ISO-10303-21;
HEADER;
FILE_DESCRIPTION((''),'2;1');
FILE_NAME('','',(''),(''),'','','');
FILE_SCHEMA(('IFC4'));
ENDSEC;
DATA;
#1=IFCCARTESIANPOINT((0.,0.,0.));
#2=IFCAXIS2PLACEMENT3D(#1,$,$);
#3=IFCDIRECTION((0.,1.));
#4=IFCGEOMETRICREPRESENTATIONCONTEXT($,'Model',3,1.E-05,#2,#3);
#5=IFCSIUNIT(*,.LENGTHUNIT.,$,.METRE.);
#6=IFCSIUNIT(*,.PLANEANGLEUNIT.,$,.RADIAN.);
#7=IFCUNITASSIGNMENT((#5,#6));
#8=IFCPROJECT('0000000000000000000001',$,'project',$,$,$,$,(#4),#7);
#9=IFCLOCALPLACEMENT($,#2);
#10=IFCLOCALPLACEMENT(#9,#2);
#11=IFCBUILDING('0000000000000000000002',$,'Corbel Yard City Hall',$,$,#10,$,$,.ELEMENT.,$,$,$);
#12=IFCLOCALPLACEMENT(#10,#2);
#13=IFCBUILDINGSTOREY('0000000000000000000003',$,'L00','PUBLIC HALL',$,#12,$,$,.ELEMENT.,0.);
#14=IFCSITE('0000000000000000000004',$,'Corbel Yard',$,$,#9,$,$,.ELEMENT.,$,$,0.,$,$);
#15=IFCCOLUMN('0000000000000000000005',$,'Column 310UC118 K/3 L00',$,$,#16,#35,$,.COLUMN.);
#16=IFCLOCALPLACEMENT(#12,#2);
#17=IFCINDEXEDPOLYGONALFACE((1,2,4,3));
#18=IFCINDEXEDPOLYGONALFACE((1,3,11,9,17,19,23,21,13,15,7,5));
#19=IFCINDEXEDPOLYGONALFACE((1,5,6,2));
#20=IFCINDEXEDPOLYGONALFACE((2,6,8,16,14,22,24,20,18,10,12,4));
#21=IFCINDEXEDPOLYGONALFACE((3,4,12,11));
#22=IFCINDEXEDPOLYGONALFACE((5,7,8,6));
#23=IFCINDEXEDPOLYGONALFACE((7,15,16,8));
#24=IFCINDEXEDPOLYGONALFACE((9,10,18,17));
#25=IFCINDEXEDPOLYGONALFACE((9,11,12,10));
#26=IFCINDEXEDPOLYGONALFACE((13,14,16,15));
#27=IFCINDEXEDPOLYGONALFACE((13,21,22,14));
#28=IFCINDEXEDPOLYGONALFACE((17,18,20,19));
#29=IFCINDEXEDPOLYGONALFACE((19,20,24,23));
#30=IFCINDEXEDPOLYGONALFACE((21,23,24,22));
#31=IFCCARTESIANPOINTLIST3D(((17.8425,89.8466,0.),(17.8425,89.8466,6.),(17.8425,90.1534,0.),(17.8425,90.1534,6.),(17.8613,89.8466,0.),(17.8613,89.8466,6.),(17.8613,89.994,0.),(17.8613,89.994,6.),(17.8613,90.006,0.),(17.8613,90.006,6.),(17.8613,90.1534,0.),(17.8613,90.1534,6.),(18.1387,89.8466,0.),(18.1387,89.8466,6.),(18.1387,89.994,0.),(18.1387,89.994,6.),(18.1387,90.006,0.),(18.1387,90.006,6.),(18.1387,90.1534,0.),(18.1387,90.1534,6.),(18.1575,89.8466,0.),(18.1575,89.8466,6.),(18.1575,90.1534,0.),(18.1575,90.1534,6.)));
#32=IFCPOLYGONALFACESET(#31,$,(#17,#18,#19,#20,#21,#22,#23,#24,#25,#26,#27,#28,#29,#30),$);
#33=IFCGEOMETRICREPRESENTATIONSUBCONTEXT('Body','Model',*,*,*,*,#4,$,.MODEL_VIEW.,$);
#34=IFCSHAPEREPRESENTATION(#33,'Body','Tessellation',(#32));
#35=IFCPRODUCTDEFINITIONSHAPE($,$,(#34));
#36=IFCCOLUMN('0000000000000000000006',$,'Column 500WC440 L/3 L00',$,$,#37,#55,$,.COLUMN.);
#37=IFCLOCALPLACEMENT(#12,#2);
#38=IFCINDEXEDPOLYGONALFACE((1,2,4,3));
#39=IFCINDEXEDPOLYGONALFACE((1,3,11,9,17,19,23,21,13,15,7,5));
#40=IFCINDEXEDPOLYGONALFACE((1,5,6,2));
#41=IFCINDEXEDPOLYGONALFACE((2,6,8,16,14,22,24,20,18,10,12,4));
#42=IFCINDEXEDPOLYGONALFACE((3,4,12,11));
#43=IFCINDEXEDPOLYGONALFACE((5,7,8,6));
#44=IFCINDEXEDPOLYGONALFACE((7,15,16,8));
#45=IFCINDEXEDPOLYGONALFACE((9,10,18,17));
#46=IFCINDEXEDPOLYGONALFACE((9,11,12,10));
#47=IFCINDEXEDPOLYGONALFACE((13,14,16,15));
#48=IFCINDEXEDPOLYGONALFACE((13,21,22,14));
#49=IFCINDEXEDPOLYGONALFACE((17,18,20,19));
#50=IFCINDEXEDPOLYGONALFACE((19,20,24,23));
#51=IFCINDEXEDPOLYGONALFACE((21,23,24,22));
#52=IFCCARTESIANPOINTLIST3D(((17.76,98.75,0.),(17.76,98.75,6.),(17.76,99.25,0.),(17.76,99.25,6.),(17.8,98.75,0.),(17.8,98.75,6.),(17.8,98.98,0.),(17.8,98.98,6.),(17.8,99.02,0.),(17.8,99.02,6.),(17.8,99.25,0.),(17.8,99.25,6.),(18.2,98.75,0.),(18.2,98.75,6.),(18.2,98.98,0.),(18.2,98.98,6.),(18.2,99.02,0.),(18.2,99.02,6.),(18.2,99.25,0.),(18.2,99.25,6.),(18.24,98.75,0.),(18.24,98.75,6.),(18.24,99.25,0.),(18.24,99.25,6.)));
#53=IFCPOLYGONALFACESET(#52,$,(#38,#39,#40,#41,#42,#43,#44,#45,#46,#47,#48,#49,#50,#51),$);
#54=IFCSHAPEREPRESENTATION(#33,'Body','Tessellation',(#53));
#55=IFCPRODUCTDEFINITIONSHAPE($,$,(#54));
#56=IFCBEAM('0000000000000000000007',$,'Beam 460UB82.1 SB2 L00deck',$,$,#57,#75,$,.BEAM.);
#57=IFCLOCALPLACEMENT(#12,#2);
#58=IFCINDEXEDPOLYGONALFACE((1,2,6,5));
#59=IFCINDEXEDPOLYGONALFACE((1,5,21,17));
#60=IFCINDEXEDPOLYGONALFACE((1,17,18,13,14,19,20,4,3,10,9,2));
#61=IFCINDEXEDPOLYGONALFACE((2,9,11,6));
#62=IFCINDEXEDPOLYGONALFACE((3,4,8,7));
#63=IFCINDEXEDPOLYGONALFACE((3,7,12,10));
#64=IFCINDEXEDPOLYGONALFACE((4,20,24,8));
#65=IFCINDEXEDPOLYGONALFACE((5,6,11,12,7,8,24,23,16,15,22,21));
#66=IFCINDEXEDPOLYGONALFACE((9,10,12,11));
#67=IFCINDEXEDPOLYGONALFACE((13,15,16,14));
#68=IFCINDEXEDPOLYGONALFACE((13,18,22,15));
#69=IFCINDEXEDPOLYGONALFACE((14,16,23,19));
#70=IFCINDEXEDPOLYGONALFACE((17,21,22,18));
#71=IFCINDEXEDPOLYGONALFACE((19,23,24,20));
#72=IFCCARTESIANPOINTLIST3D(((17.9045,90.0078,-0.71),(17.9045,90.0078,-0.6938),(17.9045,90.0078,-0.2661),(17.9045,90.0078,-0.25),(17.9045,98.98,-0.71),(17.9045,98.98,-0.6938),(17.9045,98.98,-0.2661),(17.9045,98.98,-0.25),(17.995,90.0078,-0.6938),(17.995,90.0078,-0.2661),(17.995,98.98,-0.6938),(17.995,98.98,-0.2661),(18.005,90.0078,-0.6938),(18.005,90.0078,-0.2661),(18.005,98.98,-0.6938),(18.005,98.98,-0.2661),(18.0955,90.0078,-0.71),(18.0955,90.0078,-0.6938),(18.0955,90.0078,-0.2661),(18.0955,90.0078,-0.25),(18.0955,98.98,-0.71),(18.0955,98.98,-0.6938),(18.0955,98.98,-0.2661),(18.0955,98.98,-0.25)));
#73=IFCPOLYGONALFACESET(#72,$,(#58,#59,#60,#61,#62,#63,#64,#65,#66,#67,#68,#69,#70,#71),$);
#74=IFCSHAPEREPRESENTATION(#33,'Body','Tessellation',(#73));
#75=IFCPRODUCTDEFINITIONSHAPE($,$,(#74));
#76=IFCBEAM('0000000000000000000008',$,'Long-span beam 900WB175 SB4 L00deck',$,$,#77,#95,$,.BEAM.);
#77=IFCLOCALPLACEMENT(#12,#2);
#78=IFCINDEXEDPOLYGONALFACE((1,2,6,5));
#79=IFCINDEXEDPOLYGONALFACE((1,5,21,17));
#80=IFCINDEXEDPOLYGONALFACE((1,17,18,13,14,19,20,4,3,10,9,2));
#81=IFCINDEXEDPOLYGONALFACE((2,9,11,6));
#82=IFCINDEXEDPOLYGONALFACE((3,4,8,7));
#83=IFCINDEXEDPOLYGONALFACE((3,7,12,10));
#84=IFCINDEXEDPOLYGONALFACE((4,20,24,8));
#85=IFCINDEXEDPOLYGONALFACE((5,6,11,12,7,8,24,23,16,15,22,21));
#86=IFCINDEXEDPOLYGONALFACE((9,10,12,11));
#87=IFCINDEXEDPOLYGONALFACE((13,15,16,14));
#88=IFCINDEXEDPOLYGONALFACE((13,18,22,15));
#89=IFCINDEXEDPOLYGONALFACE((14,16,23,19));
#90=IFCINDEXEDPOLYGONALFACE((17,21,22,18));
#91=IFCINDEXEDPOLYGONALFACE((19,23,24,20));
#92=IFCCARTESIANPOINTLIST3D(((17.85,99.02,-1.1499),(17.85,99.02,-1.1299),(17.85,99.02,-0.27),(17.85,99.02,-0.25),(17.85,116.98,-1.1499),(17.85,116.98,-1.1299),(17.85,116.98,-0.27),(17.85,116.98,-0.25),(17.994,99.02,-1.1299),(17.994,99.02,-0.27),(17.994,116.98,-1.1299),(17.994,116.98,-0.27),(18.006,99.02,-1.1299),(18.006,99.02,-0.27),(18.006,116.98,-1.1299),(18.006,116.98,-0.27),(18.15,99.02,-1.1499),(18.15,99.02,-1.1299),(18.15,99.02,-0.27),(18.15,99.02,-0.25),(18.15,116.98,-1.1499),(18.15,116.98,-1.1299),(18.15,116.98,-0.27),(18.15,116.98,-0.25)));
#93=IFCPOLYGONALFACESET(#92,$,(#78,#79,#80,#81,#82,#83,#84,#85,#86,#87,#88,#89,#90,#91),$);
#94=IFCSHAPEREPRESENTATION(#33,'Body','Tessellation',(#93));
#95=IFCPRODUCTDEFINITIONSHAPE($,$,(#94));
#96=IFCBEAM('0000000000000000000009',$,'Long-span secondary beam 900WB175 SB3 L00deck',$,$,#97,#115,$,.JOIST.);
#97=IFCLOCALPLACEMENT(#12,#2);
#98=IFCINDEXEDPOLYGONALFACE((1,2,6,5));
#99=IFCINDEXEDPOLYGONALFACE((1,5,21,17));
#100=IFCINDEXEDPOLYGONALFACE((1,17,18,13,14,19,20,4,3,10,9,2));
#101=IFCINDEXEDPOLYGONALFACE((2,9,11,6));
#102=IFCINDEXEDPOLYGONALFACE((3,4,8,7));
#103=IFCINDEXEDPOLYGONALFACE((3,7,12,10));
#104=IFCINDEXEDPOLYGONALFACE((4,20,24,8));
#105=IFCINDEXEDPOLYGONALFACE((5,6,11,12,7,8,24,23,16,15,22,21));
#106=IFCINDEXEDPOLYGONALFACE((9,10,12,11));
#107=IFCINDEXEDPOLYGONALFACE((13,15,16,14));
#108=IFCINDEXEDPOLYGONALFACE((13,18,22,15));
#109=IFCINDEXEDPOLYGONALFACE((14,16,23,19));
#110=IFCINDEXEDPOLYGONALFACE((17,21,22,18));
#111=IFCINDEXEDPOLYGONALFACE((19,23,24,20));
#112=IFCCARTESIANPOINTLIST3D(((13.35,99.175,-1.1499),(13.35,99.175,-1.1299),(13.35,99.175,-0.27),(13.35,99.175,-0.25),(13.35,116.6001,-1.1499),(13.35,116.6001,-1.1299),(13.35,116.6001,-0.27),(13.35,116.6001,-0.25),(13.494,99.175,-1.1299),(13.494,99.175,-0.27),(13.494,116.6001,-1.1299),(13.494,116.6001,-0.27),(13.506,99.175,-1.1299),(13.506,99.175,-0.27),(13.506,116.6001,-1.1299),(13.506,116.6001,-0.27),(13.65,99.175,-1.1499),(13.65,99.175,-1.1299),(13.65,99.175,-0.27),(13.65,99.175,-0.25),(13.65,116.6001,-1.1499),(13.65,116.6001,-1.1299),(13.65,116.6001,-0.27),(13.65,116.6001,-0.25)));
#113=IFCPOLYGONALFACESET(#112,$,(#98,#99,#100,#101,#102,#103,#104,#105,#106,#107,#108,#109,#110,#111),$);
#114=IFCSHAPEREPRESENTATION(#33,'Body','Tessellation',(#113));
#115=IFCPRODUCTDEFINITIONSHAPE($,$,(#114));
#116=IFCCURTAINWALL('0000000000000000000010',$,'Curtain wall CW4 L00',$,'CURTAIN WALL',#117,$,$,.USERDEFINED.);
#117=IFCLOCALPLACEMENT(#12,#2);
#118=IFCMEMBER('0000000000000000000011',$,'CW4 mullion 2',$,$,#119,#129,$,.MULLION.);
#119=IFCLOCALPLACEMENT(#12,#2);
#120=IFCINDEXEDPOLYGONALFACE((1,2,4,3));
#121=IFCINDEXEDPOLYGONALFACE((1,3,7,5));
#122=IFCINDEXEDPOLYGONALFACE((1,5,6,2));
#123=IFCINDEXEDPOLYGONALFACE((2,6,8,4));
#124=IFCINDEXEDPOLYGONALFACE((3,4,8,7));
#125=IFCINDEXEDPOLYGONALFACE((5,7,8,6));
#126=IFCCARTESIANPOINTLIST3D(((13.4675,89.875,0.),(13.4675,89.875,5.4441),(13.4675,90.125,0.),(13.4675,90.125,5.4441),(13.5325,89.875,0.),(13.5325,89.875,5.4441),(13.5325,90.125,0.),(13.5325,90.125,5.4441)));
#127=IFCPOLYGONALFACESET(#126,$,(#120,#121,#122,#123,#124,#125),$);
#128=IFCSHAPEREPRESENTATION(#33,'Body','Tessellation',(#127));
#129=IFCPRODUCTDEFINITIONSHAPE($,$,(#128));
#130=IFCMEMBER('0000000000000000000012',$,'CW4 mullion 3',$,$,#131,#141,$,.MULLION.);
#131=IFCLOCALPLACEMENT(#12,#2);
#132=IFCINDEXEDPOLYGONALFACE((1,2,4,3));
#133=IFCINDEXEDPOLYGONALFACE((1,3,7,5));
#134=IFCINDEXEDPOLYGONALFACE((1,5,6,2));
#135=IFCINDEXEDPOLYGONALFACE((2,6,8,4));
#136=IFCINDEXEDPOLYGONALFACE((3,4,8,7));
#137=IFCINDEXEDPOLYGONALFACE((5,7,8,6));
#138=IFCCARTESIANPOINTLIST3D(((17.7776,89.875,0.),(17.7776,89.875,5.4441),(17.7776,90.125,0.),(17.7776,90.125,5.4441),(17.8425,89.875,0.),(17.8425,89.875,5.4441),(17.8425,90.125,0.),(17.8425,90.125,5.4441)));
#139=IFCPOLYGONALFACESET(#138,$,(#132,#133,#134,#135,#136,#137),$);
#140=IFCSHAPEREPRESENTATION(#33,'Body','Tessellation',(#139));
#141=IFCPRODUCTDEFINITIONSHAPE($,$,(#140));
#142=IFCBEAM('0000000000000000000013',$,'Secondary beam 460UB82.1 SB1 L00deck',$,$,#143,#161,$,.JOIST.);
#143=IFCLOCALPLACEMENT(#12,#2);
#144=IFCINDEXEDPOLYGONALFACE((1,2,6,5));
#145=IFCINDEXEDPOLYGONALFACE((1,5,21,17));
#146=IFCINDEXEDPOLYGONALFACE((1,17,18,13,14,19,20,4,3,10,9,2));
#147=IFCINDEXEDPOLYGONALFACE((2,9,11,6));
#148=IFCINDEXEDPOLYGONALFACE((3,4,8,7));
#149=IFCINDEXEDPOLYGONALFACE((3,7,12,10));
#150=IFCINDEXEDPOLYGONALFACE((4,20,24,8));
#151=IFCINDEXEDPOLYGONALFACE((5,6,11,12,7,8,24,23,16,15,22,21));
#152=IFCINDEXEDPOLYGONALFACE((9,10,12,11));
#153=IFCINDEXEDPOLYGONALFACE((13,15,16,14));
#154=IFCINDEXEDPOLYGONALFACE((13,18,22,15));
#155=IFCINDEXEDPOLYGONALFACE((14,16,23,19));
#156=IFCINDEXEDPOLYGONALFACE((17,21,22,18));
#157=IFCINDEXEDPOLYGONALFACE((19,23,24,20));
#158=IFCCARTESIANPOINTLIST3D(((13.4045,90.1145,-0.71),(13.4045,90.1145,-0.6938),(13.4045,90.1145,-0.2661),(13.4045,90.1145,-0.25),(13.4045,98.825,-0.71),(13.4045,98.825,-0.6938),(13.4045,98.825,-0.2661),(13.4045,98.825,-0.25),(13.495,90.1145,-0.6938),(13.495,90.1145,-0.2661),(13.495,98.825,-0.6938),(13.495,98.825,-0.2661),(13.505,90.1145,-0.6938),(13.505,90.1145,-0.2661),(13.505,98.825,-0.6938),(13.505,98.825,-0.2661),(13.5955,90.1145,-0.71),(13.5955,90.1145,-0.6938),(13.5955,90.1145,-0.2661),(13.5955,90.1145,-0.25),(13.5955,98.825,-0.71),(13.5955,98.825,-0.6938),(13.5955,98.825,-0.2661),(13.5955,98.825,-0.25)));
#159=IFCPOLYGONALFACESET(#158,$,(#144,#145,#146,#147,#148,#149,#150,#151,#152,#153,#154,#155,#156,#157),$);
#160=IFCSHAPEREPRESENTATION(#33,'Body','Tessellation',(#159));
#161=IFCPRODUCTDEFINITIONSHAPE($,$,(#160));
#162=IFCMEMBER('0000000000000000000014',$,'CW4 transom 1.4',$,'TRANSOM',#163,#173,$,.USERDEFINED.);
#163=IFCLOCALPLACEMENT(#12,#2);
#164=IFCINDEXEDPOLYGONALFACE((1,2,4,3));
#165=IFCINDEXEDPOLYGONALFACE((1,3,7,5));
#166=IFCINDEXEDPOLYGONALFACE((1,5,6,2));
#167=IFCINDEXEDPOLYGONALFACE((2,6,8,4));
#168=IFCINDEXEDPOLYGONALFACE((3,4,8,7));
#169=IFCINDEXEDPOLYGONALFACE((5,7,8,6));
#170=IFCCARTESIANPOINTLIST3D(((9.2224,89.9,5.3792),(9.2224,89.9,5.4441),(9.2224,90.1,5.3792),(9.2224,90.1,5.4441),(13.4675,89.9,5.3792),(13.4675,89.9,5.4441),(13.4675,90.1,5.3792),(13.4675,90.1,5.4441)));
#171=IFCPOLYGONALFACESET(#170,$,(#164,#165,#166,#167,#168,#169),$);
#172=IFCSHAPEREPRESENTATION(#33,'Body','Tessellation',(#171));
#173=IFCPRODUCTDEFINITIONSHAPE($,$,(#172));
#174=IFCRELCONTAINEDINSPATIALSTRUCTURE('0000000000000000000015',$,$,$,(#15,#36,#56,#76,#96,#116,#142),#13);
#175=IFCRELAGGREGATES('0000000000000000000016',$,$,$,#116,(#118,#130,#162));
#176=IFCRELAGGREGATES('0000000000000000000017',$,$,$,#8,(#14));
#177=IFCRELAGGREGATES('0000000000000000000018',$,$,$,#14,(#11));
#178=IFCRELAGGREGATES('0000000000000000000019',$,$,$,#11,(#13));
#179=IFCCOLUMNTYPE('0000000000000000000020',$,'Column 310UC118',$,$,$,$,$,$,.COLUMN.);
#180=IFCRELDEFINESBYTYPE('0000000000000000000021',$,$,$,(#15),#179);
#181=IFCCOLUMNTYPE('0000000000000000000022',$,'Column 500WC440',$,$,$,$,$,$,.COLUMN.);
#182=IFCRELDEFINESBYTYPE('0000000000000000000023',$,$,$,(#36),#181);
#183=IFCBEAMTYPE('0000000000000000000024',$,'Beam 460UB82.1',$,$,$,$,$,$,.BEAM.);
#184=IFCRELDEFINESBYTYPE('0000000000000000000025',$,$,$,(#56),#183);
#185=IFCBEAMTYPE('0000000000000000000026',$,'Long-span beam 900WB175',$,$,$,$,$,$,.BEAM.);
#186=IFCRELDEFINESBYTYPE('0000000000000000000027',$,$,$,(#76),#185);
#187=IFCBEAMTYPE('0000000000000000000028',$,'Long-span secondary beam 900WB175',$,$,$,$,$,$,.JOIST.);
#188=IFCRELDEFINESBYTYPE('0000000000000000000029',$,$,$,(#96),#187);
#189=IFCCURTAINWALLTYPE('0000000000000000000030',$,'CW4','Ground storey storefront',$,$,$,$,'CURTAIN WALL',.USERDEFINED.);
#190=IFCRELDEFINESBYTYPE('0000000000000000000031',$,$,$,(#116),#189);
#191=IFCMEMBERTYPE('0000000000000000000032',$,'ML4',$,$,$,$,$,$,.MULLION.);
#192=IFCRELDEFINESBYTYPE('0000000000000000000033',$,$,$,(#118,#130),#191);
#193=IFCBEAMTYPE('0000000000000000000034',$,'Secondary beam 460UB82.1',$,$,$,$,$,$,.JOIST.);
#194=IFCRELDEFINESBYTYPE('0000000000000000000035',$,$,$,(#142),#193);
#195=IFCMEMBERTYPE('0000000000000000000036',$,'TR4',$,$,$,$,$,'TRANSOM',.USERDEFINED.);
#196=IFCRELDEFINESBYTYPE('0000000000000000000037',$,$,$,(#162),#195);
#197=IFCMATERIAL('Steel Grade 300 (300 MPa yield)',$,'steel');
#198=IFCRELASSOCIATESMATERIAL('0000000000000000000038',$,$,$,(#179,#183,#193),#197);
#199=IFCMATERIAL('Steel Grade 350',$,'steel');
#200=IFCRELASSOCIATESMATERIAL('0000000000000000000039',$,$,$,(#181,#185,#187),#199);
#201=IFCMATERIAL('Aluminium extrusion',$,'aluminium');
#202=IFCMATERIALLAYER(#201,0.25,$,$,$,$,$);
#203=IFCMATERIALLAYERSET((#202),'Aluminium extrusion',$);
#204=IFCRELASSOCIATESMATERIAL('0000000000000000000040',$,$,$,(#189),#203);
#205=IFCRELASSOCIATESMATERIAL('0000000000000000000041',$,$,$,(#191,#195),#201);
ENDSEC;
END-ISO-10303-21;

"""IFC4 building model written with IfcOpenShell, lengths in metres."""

from ifc_helpers import new_model, si_unit, direction, frame, origin, origin_2d, place, context, subcontext, project, spatial, rectangle, i_section, extrude, material, layer, layer_set, material_profile, profile_set, type_object, element, aggregate, save


model = new_model("IFC4")

# Units and contexts
model_context = context("Model", 3, precision=1e-05, world=origin(), true_north=direction((0.0, 1.0)))
body_context = subcontext(model_context, "Body", "Model", "MODEL_VIEW")
ifc_project = project(units=[si_unit("LENGTHUNIT", "METRE"), si_unit("PLANEANGLEUNIT", "RADIAN")], contexts=[model_context])

# Site, building, storey
site_placement = place(None, origin())
site = spatial("IfcSite", under=ifc_project, at=site_placement, Name="Corbel Yard", CompositionType="ELEMENT", RefElevation=0.0)
building_placement = place(site_placement, origin())
building = spatial("IfcBuilding", under=site, at=building_placement, Name="Corbel Yard City Hall", CompositionType="ELEMENT")
storey_placement = place(building_placement, origin())
storey = spatial("IfcBuildingStorey", under=building, at=storey_placement, Name="L00", Description="PUBLIC HALL", CompositionType="ELEMENT", Elevation=0.0)

# Columns
ifc_material_1 = material(Name="Steel Grade 300 (300 MPa yield)", Category="steel")
ifc_material_profile_1 = material_profile(ifc_material_1, i_section(OverallWidth=0.3069, OverallDepth=0.3149, WebThickness=0.012, FlangeThickness=0.0188, at=origin_2d()), Name="310UC118")
ifc_profile_set_1 = profile_set([ifc_material_profile_1], Name="Steel Grade 300 (300 MPa yield)")
column_type_1 = type_object("IfcColumnType", Name="Column 310UC118", PredefinedType="COLUMN", material=ifc_profile_set_1)
column_1_placement = place(storey_placement, frame((18.0, 90.0, 0.0), z_axis=(0.0, 0.0, 1.0), x_axis=(0.0, 1.0, 0.0)))
element("IfcColumn", 1, at=column_1_placement, inside=storey, type_object=column_type_1, Name="Column 310UC118 K/3 L00", PredefinedType="COLUMN", context=body_context, shape_type="SweptSolid", body=[
    extrude(i_section(OverallWidth=0.3069, OverallDepth=0.3149, WebThickness=0.012, FlangeThickness=0.0188, at=origin_2d()), origin(), (0.0, 0.0, 1.0), 6.0),
])
ifc_material_2 = material(Name="Steel Grade 350", Category="steel")
ifc_material_profile_2 = material_profile(ifc_material_2, i_section(OverallWidth=0.5, OverallDepth=0.48, WebThickness=0.04, FlangeThickness=0.04, at=origin_2d()), Name="500WC440")
ifc_profile_set_2 = profile_set([ifc_material_profile_2], Name="Steel Grade 350")
column_type_2 = type_object("IfcColumnType", Name="Column 500WC440", PredefinedType="COLUMN", material=ifc_profile_set_2)
column_2_placement = place(storey_placement, frame((18.0, 99.0, 0.0), z_axis=(0.0, 0.0, 1.0), x_axis=(0.0, 1.0, 0.0)))
element("IfcColumn", 2, at=column_2_placement, inside=storey, type_object=column_type_2, Name="Column 500WC440 L/3 L00", PredefinedType="COLUMN", context=body_context, shape_type="SweptSolid", body=[
    extrude(i_section(OverallWidth=0.5, OverallDepth=0.48, WebThickness=0.04, FlangeThickness=0.04, at=origin_2d()), origin(), (0.0, 0.0, 1.0), 6.0),
])

# Beams
ifc_material_profile_3 = material_profile(ifc_material_1, i_section(OverallWidth=0.1909, OverallDepth=0.46, WebThickness=0.01, FlangeThickness=0.0161, at=origin_2d()), Name="460UB82.1")
ifc_profile_set_3 = profile_set([ifc_material_profile_3], Name="Steel Grade 300 (300 MPa yield)")
beam_type_1 = type_object("IfcBeamType", Name="Beam 460UB82.1", PredefinedType="BEAM", material=ifc_profile_set_3)
beam_1_placement = place(storey_placement, frame((18.0, 90.0078, -0.48), z_axis=(0.0, 1.0, 0.0), x_axis=(-1.0, 0.0, 0.0)))
element("IfcBeam", 3, at=beam_1_placement, inside=storey, type_object=beam_type_1, Name="Beam 460UB82.1 SB2 L00deck", PredefinedType="BEAM", context=body_context, shape_type="SweptSolid", body=[
    extrude(i_section(OverallWidth=0.1909, OverallDepth=0.46, WebThickness=0.01, FlangeThickness=0.0161, at=origin_2d()), origin(), (0.0, 0.0, 1.0), 8.9722),
])
ifc_material_profile_4 = material_profile(ifc_material_2, i_section(OverallWidth=0.3, OverallDepth=0.8999, WebThickness=0.012, FlangeThickness=0.02, at=origin_2d()), Name="900WB175")
ifc_profile_set_4 = profile_set([ifc_material_profile_4], Name="Steel Grade 350")
beam_type_2 = type_object("IfcBeamType", Name="Long-span beam 900WB175", PredefinedType="BEAM", material=ifc_profile_set_4)
beam_2_placement = place(storey_placement, frame((18.0, 99.02, -0.7), z_axis=(0.0, 1.0, 0.0), x_axis=(-1.0, 0.0, 0.0)))
element("IfcBeam", 4, at=beam_2_placement, inside=storey, type_object=beam_type_2, Name="Long-span beam 900WB175 SB4 L00deck", PredefinedType="BEAM", context=body_context, shape_type="SweptSolid", body=[
    extrude(i_section(OverallWidth=0.3, OverallDepth=0.8999, WebThickness=0.012, FlangeThickness=0.02, at=origin_2d()), origin(), (0.0, 0.0, 1.0), 17.96),
])
ifc_material_profile_5 = material_profile(ifc_material_2, i_section(OverallWidth=0.3, OverallDepth=0.8999, WebThickness=0.012, FlangeThickness=0.02, at=origin_2d()), Name="900WB175")
ifc_profile_set_5 = profile_set([ifc_material_profile_5], Name="Steel Grade 350")
beam_type_3 = type_object("IfcBeamType", Name="Long-span secondary beam 900WB175", PredefinedType="JOIST", material=ifc_profile_set_5)
beam_3_placement = place(storey_placement, frame((13.5, 99.175, -0.7), z_axis=(0.0, 1.0, 0.0), x_axis=(-1.0, 0.0, 0.0)))
element("IfcBeam", 5, at=beam_3_placement, inside=storey, type_object=beam_type_3, Name="Long-span secondary beam 900WB175 SB3 L00deck", PredefinedType="JOIST", context=body_context, shape_type="SweptSolid", body=[
    extrude(i_section(OverallWidth=0.3, OverallDepth=0.8999, WebThickness=0.012, FlangeThickness=0.02, at=origin_2d()), origin(), (0.0, 0.0, 1.0), 17.425),
])

# Curtain wall, members
ifc_material_3 = material(Name="Aluminium extrusion", Category="aluminium")
ifc_layer_1 = layer(ifc_material_3, 0.25)
ifc_layer_set_1 = layer_set([ifc_layer_1], Name="Aluminium extrusion")
curtain_wall_type = type_object("IfcCurtainWallType", Name="CW4", Description="Ground storey storefront", ElementType="CURTAIN WALL", PredefinedType="USERDEFINED", material=ifc_layer_set_1)
curtain_wall_placement = place(storey_placement, origin())
curtain_wall = element("IfcCurtainWall", 6, at=curtain_wall_placement, inside=storey, type_object=curtain_wall_type, Name="Curtain wall CW4 L00", ObjectType="CURTAIN WALL", PredefinedType="USERDEFINED")
ifc_material_profile_6 = material_profile(ifc_material_3, rectangle(XDim=0.25, YDim=0.0649, at=origin_2d()), Name="250x65")
ifc_profile_set_6 = profile_set([ifc_material_profile_6], Name="Aluminium extrusion")
member_type_1 = type_object("IfcMemberType", Name="ML4", PredefinedType="MULLION", material=ifc_profile_set_6)
member_1_placement = place(storey_placement, frame((13.5, 90.0, 0.0), z_axis=(0.0, 0.0, 1.0), x_axis=(0.0, 1.0, 0.0)))
member_1 = element("IfcMember", 7, at=member_1_placement, type_object=member_type_1, Name="CW4 mullion 2", PredefinedType="MULLION", context=body_context, shape_type="SweptSolid", body=[
    extrude(rectangle(XDim=0.25, YDim=0.0649, at=origin_2d()), origin(), (0.0, 0.0, 1.0), 5.4441),
])
member_2_placement = place(storey_placement, frame((17.8101, 90.0, 0.0), z_axis=(0.0, 0.0, 1.0), x_axis=(0.0, 1.0, 0.0)))
member_2 = element("IfcMember", 8, at=member_2_placement, type_object=member_type_1, Name="CW4 mullion 3", PredefinedType="MULLION", context=body_context, shape_type="SweptSolid", body=[
    extrude(rectangle(XDim=0.25, YDim=0.0649, at=origin_2d()), origin(), (0.0, 0.0, 1.0), 5.4441),
])

# Beam
ifc_material_profile_7 = material_profile(ifc_material_1, i_section(OverallWidth=0.1909, OverallDepth=0.46, WebThickness=0.01, FlangeThickness=0.0161, at=origin_2d()), Name="460UB82.1")
ifc_profile_set_7 = profile_set([ifc_material_profile_7], Name="Steel Grade 300 (300 MPa yield)")
beam_type_4 = type_object("IfcBeamType", Name="Secondary beam 460UB82.1", PredefinedType="JOIST", material=ifc_profile_set_7)
beam_4_placement = place(storey_placement, frame((13.5, 90.1145, -0.48), z_axis=(0.0, 1.0, 0.0), x_axis=(-1.0, 0.0, 0.0)))
element("IfcBeam", 9, at=beam_4_placement, inside=storey, type_object=beam_type_4, Name="Secondary beam 460UB82.1 SB1 L00deck", PredefinedType="JOIST", context=body_context, shape_type="SweptSolid", body=[
    extrude(i_section(OverallWidth=0.1909, OverallDepth=0.46, WebThickness=0.01, FlangeThickness=0.0161, at=origin_2d()), origin(), (0.0, 0.0, 1.0), 8.7104),
])

# Member
ifc_material_profile_8 = material_profile(ifc_material_3, rectangle(XDim=0.2, YDim=0.0649, at=origin_2d()), Name="200x65")
ifc_profile_set_8 = profile_set([ifc_material_profile_8], Name="Aluminium extrusion")
member_type_2 = type_object("IfcMemberType", Name="TR4", ElementType="TRANSOM", PredefinedType="USERDEFINED", material=ifc_profile_set_8)
member_3_placement = place(storey_placement, frame((9.2224, 90.0, 5.4116), z_axis=(1.0, 0.0, 0.0), x_axis=(0.0, 1.0, 0.0)))
member_3 = element("IfcMember", 10, at=member_3_placement, type_object=member_type_2, Name="CW4 transom 1.4", ObjectType="TRANSOM", PredefinedType="USERDEFINED", context=body_context, shape_type="SweptSolid", body=[
    extrude(rectangle(XDim=0.2, YDim=0.0649, at=origin_2d()), origin(), (0.0, 0.0, 1.0), 4.2451),
])

aggregate(curtain_wall, [member_1, member_2, member_3])

save(model, "model.ifc")
